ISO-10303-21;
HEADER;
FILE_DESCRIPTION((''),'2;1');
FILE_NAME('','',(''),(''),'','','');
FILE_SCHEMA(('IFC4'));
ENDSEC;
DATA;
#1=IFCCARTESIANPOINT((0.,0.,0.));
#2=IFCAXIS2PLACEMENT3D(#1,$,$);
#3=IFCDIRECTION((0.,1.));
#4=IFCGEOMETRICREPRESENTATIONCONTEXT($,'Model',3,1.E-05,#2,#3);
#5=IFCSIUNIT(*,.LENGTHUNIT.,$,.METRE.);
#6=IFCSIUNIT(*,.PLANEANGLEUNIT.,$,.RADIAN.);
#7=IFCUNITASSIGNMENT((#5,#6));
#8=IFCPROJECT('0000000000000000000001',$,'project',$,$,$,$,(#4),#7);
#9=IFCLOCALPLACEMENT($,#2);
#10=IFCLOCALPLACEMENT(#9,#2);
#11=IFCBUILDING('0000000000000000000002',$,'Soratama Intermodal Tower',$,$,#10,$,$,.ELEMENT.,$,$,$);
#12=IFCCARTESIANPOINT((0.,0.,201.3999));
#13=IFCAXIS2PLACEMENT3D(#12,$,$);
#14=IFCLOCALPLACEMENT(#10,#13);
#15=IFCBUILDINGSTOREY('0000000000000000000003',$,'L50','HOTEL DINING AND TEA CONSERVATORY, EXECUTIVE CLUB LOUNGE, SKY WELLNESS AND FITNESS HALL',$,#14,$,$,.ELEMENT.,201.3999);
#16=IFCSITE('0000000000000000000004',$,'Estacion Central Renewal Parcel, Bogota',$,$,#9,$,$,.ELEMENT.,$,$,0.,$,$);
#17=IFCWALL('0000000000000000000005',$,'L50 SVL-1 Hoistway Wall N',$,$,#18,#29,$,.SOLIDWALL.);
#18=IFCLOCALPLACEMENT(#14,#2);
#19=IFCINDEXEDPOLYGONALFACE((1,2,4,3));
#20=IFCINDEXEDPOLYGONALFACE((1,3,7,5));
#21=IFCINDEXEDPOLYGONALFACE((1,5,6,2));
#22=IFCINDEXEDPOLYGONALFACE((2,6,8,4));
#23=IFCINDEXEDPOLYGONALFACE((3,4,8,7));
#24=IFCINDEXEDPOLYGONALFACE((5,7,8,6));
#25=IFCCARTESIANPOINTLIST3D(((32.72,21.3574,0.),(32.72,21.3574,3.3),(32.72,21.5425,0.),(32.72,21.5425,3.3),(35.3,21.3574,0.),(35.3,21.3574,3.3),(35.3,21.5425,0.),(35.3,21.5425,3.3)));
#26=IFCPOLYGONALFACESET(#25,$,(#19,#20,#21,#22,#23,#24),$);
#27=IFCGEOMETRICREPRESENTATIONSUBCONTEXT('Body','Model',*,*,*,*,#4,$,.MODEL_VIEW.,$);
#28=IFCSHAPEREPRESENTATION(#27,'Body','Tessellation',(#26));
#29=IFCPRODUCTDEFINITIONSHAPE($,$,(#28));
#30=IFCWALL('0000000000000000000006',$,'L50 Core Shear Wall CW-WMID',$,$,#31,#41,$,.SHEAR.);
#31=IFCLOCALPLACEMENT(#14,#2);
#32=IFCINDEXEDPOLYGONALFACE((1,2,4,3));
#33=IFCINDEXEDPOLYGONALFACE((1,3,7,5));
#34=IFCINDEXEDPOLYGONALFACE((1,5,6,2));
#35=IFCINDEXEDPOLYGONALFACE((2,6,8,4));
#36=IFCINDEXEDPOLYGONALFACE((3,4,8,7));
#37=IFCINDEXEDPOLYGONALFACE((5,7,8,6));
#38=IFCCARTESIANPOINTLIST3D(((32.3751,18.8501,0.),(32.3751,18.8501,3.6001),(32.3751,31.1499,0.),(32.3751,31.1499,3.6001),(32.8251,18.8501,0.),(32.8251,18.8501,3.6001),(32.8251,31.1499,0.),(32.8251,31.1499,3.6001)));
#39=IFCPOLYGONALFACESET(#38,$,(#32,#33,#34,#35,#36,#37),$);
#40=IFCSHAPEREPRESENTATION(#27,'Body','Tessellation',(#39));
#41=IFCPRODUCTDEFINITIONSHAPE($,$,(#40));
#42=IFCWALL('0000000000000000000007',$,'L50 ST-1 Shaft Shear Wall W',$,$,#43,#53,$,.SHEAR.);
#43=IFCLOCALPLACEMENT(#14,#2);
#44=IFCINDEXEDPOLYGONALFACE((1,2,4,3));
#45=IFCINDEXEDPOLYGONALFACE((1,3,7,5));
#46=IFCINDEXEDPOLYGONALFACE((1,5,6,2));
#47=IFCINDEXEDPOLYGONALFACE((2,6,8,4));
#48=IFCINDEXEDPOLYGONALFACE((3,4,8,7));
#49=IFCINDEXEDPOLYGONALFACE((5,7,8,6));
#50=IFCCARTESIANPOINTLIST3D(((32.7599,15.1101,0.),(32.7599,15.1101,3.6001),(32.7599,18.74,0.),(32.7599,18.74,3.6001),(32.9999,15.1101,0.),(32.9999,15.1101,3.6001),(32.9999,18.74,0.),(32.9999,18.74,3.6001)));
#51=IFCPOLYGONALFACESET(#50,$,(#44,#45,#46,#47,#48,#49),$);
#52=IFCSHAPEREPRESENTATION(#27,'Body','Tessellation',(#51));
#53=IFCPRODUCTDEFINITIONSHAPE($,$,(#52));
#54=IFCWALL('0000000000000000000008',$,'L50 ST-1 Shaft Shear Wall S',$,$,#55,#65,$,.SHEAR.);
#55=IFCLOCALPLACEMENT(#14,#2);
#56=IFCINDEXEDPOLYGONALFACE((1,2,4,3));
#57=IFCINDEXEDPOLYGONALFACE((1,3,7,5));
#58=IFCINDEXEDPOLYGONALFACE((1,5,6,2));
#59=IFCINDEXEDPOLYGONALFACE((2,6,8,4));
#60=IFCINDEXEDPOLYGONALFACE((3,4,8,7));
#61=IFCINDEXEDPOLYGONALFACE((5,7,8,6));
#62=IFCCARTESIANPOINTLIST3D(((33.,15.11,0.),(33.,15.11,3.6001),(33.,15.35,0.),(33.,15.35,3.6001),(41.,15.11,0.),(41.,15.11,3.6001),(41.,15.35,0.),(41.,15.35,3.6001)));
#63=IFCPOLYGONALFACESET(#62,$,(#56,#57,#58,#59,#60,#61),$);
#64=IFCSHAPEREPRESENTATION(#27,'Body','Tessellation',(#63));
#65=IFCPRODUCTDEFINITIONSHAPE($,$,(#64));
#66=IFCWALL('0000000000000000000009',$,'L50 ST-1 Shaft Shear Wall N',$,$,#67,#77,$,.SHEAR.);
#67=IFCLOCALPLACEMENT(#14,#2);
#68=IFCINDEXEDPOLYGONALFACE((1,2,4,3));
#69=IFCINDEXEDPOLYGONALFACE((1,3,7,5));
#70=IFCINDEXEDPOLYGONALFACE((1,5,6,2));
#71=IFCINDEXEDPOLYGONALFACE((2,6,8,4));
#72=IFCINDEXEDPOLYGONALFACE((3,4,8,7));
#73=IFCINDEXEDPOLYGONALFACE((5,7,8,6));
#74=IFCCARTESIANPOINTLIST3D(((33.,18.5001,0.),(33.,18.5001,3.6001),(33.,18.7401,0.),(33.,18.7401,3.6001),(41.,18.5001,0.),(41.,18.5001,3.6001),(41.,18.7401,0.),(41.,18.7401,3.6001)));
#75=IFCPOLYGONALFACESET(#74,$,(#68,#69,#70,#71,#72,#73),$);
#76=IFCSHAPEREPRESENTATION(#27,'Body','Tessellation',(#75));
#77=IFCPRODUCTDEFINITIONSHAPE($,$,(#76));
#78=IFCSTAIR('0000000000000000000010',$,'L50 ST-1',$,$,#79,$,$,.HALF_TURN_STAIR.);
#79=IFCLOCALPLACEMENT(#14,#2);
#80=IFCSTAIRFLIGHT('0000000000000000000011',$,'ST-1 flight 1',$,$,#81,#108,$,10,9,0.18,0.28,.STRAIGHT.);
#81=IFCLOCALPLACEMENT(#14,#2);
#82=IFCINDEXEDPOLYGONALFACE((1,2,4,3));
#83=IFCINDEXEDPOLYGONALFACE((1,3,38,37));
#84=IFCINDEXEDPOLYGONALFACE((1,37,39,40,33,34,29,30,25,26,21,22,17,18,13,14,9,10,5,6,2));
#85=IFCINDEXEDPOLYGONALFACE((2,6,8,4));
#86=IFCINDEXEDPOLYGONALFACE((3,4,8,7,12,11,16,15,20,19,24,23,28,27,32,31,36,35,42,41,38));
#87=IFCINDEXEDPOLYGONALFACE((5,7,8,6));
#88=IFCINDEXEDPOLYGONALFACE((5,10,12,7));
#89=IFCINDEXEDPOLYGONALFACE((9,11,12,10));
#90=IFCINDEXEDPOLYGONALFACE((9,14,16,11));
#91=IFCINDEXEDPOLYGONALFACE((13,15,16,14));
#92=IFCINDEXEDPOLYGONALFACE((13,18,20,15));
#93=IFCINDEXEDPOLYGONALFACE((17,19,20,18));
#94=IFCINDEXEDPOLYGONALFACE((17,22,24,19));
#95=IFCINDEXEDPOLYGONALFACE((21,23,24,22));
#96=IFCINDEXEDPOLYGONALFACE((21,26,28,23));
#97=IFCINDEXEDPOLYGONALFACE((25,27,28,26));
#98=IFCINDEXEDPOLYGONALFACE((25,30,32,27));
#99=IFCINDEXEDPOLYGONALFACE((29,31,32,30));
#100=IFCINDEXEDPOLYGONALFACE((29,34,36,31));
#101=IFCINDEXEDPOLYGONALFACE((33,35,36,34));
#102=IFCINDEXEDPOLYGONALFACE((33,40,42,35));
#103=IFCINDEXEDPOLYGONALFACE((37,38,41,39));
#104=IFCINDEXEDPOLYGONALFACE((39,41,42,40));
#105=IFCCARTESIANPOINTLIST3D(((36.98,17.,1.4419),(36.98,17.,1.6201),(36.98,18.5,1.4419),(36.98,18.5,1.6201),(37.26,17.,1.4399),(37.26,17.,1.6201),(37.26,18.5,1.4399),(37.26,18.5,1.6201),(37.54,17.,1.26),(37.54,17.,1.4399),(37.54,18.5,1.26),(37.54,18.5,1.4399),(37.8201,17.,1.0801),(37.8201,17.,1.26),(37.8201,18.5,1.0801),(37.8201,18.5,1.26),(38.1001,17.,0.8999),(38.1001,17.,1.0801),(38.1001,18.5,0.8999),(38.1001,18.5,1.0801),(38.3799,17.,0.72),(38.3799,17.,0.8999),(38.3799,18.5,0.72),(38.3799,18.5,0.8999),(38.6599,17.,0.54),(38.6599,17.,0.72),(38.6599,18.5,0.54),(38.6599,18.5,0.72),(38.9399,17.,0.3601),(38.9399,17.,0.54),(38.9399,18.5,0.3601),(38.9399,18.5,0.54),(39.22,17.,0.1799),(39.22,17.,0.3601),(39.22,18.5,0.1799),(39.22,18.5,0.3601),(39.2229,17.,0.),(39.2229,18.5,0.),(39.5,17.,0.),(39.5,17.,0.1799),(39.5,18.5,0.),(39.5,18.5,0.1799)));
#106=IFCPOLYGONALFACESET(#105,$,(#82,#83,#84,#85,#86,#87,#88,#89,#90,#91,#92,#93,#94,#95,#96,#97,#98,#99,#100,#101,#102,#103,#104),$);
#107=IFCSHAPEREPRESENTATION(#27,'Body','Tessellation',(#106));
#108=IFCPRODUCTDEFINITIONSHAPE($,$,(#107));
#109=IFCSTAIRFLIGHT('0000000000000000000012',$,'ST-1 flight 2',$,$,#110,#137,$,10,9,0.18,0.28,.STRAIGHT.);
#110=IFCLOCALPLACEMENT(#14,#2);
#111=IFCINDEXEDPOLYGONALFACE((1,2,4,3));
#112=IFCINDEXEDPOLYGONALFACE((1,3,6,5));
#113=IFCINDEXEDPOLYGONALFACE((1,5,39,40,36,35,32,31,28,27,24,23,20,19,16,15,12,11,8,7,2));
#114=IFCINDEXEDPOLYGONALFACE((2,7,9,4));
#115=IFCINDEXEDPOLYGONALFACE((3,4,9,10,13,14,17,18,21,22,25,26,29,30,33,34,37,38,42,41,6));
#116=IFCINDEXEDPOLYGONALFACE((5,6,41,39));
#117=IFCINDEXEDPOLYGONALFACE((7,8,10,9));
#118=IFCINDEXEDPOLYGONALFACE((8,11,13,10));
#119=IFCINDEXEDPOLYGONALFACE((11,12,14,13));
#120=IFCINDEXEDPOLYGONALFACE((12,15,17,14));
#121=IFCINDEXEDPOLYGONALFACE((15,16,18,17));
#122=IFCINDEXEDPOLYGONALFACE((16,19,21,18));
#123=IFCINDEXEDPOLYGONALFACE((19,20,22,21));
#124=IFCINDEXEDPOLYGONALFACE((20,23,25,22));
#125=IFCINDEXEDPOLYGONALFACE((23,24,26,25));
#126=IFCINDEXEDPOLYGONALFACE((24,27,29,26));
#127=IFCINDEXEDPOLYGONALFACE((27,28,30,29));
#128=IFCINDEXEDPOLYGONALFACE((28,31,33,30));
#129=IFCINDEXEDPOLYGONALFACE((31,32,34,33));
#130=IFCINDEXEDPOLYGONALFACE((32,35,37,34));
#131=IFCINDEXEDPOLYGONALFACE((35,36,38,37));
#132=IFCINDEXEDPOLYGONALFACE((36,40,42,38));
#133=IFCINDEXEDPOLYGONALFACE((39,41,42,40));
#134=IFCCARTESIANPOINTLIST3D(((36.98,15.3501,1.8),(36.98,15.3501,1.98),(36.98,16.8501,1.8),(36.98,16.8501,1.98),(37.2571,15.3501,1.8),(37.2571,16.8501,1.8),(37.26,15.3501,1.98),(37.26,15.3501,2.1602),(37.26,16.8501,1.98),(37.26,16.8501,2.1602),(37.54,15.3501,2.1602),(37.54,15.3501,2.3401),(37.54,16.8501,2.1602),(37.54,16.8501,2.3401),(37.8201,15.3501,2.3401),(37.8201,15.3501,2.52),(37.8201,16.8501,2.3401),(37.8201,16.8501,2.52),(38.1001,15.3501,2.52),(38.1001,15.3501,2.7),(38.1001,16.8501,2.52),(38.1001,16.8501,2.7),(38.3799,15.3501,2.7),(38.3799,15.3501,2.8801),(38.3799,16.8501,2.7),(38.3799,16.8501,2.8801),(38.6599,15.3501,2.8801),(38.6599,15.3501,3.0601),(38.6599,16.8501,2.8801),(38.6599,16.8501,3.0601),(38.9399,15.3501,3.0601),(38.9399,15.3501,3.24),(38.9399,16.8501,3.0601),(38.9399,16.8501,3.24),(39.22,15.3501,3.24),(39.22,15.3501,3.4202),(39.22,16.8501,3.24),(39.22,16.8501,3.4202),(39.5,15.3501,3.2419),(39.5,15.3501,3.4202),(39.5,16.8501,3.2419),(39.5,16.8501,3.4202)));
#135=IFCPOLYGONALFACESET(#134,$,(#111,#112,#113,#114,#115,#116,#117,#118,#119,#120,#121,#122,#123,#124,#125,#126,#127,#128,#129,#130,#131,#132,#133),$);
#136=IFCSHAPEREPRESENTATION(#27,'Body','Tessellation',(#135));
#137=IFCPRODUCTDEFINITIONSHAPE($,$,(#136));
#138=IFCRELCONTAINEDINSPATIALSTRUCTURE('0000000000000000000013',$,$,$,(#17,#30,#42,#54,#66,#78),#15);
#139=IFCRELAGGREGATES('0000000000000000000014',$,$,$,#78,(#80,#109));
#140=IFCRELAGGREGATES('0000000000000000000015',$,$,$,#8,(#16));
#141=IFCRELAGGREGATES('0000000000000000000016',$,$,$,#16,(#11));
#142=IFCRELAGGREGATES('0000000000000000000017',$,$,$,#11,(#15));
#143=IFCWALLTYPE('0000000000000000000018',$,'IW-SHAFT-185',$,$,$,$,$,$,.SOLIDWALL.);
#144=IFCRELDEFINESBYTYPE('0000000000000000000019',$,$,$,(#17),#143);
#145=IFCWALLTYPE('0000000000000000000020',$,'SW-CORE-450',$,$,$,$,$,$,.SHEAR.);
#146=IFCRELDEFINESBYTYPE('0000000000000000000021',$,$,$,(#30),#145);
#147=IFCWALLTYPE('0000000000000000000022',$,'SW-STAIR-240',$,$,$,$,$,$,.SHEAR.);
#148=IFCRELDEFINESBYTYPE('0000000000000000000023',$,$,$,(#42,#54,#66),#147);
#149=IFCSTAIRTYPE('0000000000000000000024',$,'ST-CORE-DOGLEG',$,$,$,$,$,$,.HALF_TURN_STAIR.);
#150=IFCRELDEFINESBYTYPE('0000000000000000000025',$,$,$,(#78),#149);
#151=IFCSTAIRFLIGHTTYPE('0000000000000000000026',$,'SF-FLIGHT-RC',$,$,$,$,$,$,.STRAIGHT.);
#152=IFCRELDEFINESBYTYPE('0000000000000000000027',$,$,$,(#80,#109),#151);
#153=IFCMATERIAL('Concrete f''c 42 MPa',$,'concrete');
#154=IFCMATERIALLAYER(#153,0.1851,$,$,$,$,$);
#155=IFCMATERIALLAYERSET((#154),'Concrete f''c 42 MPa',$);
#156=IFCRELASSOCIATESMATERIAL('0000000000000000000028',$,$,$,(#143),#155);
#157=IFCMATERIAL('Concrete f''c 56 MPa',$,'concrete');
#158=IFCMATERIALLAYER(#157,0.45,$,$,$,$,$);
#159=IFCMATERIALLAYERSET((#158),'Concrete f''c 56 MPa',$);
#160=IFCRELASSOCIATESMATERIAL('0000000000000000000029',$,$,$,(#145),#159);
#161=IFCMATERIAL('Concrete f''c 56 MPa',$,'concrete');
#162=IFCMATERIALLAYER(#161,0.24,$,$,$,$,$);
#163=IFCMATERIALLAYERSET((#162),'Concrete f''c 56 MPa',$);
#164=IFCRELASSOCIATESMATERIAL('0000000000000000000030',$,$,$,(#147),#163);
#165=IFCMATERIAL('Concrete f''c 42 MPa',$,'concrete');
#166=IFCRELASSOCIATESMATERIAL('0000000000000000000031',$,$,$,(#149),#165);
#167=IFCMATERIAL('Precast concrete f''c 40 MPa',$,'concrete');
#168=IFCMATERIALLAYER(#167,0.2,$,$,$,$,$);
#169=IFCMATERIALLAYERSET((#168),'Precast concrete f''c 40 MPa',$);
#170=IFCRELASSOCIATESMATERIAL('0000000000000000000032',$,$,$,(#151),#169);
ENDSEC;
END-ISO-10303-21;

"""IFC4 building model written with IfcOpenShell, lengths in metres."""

from ifc_helpers import new_model, si_unit, direction, frame, frame_2d, origin, place, context, subcontext, project, spatial, polyline, rectangle, outline, extrude, material, layer, layer_set, type_object, element, aggregate, save


model = new_model("IFC4")

# Units and contexts
model_context = context("Model", 3, precision=1e-05, world=origin(), true_north=direction((0.0, 1.0)))
body_context = subcontext(model_context, "Body", "Model", "MODEL_VIEW")
ifc_project = project(units=[si_unit("LENGTHUNIT", "METRE"), si_unit("PLANEANGLEUNIT", "RADIAN")], contexts=[model_context])

# Site, building, storey
site_placement = place(None, origin())
site = spatial("IfcSite", under=ifc_project, at=site_placement, Name="Estacion Central Renewal Parcel, Bogota", CompositionType="ELEMENT", RefElevation=0.0)
building_placement = place(site_placement, origin())
building = spatial("IfcBuilding", under=site, at=building_placement, Name="Soratama Intermodal Tower", CompositionType="ELEMENT")
storey_placement = place(building_placement, frame((0.0, 0.0, 201.3999)))
storey = spatial("IfcBuildingStorey", under=building, at=storey_placement, Name="L50", Description="HOTEL DINING AND TEA CONSERVATORY, EXECUTIVE CLUB LOUNGE, SKY WELLNESS AND FITNESS HALL", CompositionType="ELEMENT", Elevation=201.3999)

# Shared definitions
ifc_material_1 = material(Name="Concrete f'c 42 MPa", Category="concrete")
ifc_layer_1 = layer(ifc_material_1, 0.1851)
ifc_layer_set_1 = layer_set([ifc_layer_1], Name="Concrete f'c 42 MPa")
wall_type_1 = type_object("IfcWallType", Name="IW-SHAFT-185", PredefinedType="SOLIDWALL", material=ifc_layer_set_1)

# Wall
wall_1_placement = place(storey_placement, frame((32.72, 21.45, 0.0), z_axis=(0.0, 0.0, 1.0), x_axis=(1.0, 0.0, 0.0)))
element("IfcWall", 1, at=wall_1_placement, inside=storey, type_object=wall_type_1, Name="L50 SVL-1 Hoistway Wall N", PredefinedType="SOLIDWALL", context=body_context, shape_type="SweptSolid", body=[
    extrude(rectangle(XDim=2.5801, YDim=0.1851, at=frame_2d((1.29, 0.0))), origin(), (0.0, 0.0, 1.0), 3.3),
])

# Walls
ifc_material_2 = material(Name="Concrete f'c 56 MPa", Category="concrete")
ifc_layer_2 = layer(ifc_material_2, 0.45)
ifc_layer_set_2 = layer_set([ifc_layer_2], Name="Concrete f'c 56 MPa")
wall_type_2 = type_object("IfcWallType", Name="SW-CORE-450", PredefinedType="SHEAR", material=ifc_layer_set_2)
wall_2_placement = place(storey_placement, frame((32.6001, 18.8501, 0.0), z_axis=(0.0, 0.0, 1.0), x_axis=(0.0, 1.0, 0.0)))
element("IfcWall", 2, at=wall_2_placement, inside=storey, type_object=wall_type_2, Name="L50 Core Shear Wall CW-WMID", PredefinedType="SHEAR", context=body_context, shape_type="SweptSolid", body=[
    extrude(rectangle(XDim=12.2998, YDim=0.45, at=frame_2d((6.1499, 0.0))), origin(), (0.0, 0.0, 1.0), 3.6001),
])
ifc_material_3 = material(Name="Concrete f'c 56 MPa", Category="concrete")
ifc_layer_3 = layer(ifc_material_3, 0.24)
ifc_layer_set_3 = layer_set([ifc_layer_3], Name="Concrete f'c 56 MPa")
wall_type_3 = type_object("IfcWallType", Name="SW-STAIR-240", PredefinedType="SHEAR", material=ifc_layer_set_3)
wall_3_placement = place(storey_placement, frame((32.8799, 15.1101, 0.0), z_axis=(0.0, 0.0, 1.0), x_axis=(0.0, 1.0, 0.0)))
element("IfcWall", 3, at=wall_3_placement, inside=storey, type_object=wall_type_3, Name="L50 ST-1 Shaft Shear Wall W", PredefinedType="SHEAR", context=body_context, shape_type="SweptSolid", body=[
    extrude(rectangle(XDim=3.6299, YDim=0.24, at=frame_2d((1.8149, 0.0))), origin(), (0.0, 0.0, 1.0), 3.6001),
])
for number, where, z_axis, x_axis, name in (
    (4, (33.0, 15.23, 0.0), (0.0, 0.0, 1.0), (1.0, 0.0, 0.0), "L50 ST-1 Shaft Shear Wall S"),
    (5, (33.0, 18.6201, 0.0), (0.0, 0.0, 1.0), (1.0, 0.0, 0.0), "L50 ST-1 Shaft Shear Wall N"),
):
    element("IfcWall", number, at=place(storey_placement, frame(where, z_axis=z_axis, x_axis=x_axis)), inside=storey, type_object=wall_type_3, Name=name, PredefinedType="SHEAR", context=body_context, shape_type="SweptSolid", body=[
        extrude(rectangle(XDim=8.0, YDim=0.24, at=frame_2d((4.0, 0.0))), origin(), (0.0, 0.0, 1.0), 3.6001),
    ])

# Stair, stair flights
ifc_material_4 = material(Name="Concrete f'c 42 MPa", Category="concrete")
stair_type = type_object("IfcStairType", Name="ST-CORE-DOGLEG", PredefinedType="HALF_TURN_STAIR", material=ifc_material_4)
stair_placement = place(storey_placement, origin())
stair = element("IfcStair", 6, at=stair_placement, inside=storey, type_object=stair_type, Name="L50 ST-1", PredefinedType="HALF_TURN_STAIR")
ifc_material_5 = material(Name="Precast concrete f'c 40 MPa", Category="concrete")
ifc_layer_4 = layer(ifc_material_5, 0.2)
ifc_layer_set_4 = layer_set([ifc_layer_4], Name="Precast concrete f'c 40 MPa")
stair_flight_type = type_object("IfcStairFlightType", Name="SF-FLIGHT-RC", PredefinedType="STRAIGHT", material=ifc_layer_set_4)
stair_flight_1_placement = place(storey_placement, frame((39.5, 17.75, 0.0), z_axis=(0.0, 0.0, 1.0), x_axis=(-1.0, 0.0, 0.0)))
stair_flight_1 = element("IfcStairFlight", 7, at=stair_flight_1_placement, type_object=stair_flight_type, Name="ST-1 flight 1", NumberOfRisers=10, NumberOfTreads=9, PredefinedType="STRAIGHT", RiserHeight=0.18, TreadLength=0.28, context=body_context, shape_type="SweptSolid", body=[
    extrude(outline(polyline([(0.0, 0.0), (0.0, 0.1799), (0.28, 0.1799), (0.28, 0.3601), (0.5601, 0.3601), (0.5601, 0.54), (0.8401, 0.54), (0.8401, 0.72), (1.1201, 0.72), (1.1201, 0.8999), (1.3999, 0.8999), (1.3999, 1.0801), (1.6799, 1.0801), (1.6799, 1.26), (1.96, 1.26), (1.96, 1.4399), (2.24, 1.4399), (2.24, 1.6201), (2.52, 1.6201), (2.52, 1.8), (2.52, 1.4419), (0.2771, 0.0), (0.0, 0.0)])), frame((0.0, 0.75, 0.0), z_axis=(0.0, -1.0, 0.0), x_axis=(1.0, 0.0, 0.0)), (0.0, 0.0, 1.0), 1.5),
])
stair_flight_2_placement = place(storey_placement, frame((36.98, 16.1001, 1.8), z_axis=(0.0, 0.0, 1.0), x_axis=(1.0, 0.0, 0.0)))
stair_flight_2 = element("IfcStairFlight", 8, at=stair_flight_2_placement, type_object=stair_flight_type, Name="ST-1 flight 2", NumberOfRisers=10, NumberOfTreads=9, PredefinedType="STRAIGHT", RiserHeight=0.18, TreadLength=0.28, context=body_context, shape_type="SweptSolid", body=[
    extrude(outline(polyline([(0.0, 0.0), (0.0, 0.1799), (0.28, 0.1799), (0.28, 0.3601), (0.5601, 0.3601), (0.5601, 0.54), (0.8401, 0.54), (0.8401, 0.72), (1.1201, 0.72), (1.1201, 0.8999), (1.3999, 0.8999), (1.3999, 1.0801), (1.6799, 1.0801), (1.6799, 1.26), (1.96, 1.26), (1.96, 1.4399), (2.24, 1.4399), (2.24, 1.6201), (2.52, 1.6201), (2.52, 1.8), (2.52, 1.4419), (0.2771, 0.0), (0.0, 0.0)])), frame((0.0, 0.75, 0.0), z_axis=(0.0, -1.0, 0.0), x_axis=(1.0, 0.0, 0.0)), (0.0, 0.0, 1.0), 1.5),
])
aggregate(stair, [stair_flight_1, stair_flight_2])

save(model, "model.ifc")
